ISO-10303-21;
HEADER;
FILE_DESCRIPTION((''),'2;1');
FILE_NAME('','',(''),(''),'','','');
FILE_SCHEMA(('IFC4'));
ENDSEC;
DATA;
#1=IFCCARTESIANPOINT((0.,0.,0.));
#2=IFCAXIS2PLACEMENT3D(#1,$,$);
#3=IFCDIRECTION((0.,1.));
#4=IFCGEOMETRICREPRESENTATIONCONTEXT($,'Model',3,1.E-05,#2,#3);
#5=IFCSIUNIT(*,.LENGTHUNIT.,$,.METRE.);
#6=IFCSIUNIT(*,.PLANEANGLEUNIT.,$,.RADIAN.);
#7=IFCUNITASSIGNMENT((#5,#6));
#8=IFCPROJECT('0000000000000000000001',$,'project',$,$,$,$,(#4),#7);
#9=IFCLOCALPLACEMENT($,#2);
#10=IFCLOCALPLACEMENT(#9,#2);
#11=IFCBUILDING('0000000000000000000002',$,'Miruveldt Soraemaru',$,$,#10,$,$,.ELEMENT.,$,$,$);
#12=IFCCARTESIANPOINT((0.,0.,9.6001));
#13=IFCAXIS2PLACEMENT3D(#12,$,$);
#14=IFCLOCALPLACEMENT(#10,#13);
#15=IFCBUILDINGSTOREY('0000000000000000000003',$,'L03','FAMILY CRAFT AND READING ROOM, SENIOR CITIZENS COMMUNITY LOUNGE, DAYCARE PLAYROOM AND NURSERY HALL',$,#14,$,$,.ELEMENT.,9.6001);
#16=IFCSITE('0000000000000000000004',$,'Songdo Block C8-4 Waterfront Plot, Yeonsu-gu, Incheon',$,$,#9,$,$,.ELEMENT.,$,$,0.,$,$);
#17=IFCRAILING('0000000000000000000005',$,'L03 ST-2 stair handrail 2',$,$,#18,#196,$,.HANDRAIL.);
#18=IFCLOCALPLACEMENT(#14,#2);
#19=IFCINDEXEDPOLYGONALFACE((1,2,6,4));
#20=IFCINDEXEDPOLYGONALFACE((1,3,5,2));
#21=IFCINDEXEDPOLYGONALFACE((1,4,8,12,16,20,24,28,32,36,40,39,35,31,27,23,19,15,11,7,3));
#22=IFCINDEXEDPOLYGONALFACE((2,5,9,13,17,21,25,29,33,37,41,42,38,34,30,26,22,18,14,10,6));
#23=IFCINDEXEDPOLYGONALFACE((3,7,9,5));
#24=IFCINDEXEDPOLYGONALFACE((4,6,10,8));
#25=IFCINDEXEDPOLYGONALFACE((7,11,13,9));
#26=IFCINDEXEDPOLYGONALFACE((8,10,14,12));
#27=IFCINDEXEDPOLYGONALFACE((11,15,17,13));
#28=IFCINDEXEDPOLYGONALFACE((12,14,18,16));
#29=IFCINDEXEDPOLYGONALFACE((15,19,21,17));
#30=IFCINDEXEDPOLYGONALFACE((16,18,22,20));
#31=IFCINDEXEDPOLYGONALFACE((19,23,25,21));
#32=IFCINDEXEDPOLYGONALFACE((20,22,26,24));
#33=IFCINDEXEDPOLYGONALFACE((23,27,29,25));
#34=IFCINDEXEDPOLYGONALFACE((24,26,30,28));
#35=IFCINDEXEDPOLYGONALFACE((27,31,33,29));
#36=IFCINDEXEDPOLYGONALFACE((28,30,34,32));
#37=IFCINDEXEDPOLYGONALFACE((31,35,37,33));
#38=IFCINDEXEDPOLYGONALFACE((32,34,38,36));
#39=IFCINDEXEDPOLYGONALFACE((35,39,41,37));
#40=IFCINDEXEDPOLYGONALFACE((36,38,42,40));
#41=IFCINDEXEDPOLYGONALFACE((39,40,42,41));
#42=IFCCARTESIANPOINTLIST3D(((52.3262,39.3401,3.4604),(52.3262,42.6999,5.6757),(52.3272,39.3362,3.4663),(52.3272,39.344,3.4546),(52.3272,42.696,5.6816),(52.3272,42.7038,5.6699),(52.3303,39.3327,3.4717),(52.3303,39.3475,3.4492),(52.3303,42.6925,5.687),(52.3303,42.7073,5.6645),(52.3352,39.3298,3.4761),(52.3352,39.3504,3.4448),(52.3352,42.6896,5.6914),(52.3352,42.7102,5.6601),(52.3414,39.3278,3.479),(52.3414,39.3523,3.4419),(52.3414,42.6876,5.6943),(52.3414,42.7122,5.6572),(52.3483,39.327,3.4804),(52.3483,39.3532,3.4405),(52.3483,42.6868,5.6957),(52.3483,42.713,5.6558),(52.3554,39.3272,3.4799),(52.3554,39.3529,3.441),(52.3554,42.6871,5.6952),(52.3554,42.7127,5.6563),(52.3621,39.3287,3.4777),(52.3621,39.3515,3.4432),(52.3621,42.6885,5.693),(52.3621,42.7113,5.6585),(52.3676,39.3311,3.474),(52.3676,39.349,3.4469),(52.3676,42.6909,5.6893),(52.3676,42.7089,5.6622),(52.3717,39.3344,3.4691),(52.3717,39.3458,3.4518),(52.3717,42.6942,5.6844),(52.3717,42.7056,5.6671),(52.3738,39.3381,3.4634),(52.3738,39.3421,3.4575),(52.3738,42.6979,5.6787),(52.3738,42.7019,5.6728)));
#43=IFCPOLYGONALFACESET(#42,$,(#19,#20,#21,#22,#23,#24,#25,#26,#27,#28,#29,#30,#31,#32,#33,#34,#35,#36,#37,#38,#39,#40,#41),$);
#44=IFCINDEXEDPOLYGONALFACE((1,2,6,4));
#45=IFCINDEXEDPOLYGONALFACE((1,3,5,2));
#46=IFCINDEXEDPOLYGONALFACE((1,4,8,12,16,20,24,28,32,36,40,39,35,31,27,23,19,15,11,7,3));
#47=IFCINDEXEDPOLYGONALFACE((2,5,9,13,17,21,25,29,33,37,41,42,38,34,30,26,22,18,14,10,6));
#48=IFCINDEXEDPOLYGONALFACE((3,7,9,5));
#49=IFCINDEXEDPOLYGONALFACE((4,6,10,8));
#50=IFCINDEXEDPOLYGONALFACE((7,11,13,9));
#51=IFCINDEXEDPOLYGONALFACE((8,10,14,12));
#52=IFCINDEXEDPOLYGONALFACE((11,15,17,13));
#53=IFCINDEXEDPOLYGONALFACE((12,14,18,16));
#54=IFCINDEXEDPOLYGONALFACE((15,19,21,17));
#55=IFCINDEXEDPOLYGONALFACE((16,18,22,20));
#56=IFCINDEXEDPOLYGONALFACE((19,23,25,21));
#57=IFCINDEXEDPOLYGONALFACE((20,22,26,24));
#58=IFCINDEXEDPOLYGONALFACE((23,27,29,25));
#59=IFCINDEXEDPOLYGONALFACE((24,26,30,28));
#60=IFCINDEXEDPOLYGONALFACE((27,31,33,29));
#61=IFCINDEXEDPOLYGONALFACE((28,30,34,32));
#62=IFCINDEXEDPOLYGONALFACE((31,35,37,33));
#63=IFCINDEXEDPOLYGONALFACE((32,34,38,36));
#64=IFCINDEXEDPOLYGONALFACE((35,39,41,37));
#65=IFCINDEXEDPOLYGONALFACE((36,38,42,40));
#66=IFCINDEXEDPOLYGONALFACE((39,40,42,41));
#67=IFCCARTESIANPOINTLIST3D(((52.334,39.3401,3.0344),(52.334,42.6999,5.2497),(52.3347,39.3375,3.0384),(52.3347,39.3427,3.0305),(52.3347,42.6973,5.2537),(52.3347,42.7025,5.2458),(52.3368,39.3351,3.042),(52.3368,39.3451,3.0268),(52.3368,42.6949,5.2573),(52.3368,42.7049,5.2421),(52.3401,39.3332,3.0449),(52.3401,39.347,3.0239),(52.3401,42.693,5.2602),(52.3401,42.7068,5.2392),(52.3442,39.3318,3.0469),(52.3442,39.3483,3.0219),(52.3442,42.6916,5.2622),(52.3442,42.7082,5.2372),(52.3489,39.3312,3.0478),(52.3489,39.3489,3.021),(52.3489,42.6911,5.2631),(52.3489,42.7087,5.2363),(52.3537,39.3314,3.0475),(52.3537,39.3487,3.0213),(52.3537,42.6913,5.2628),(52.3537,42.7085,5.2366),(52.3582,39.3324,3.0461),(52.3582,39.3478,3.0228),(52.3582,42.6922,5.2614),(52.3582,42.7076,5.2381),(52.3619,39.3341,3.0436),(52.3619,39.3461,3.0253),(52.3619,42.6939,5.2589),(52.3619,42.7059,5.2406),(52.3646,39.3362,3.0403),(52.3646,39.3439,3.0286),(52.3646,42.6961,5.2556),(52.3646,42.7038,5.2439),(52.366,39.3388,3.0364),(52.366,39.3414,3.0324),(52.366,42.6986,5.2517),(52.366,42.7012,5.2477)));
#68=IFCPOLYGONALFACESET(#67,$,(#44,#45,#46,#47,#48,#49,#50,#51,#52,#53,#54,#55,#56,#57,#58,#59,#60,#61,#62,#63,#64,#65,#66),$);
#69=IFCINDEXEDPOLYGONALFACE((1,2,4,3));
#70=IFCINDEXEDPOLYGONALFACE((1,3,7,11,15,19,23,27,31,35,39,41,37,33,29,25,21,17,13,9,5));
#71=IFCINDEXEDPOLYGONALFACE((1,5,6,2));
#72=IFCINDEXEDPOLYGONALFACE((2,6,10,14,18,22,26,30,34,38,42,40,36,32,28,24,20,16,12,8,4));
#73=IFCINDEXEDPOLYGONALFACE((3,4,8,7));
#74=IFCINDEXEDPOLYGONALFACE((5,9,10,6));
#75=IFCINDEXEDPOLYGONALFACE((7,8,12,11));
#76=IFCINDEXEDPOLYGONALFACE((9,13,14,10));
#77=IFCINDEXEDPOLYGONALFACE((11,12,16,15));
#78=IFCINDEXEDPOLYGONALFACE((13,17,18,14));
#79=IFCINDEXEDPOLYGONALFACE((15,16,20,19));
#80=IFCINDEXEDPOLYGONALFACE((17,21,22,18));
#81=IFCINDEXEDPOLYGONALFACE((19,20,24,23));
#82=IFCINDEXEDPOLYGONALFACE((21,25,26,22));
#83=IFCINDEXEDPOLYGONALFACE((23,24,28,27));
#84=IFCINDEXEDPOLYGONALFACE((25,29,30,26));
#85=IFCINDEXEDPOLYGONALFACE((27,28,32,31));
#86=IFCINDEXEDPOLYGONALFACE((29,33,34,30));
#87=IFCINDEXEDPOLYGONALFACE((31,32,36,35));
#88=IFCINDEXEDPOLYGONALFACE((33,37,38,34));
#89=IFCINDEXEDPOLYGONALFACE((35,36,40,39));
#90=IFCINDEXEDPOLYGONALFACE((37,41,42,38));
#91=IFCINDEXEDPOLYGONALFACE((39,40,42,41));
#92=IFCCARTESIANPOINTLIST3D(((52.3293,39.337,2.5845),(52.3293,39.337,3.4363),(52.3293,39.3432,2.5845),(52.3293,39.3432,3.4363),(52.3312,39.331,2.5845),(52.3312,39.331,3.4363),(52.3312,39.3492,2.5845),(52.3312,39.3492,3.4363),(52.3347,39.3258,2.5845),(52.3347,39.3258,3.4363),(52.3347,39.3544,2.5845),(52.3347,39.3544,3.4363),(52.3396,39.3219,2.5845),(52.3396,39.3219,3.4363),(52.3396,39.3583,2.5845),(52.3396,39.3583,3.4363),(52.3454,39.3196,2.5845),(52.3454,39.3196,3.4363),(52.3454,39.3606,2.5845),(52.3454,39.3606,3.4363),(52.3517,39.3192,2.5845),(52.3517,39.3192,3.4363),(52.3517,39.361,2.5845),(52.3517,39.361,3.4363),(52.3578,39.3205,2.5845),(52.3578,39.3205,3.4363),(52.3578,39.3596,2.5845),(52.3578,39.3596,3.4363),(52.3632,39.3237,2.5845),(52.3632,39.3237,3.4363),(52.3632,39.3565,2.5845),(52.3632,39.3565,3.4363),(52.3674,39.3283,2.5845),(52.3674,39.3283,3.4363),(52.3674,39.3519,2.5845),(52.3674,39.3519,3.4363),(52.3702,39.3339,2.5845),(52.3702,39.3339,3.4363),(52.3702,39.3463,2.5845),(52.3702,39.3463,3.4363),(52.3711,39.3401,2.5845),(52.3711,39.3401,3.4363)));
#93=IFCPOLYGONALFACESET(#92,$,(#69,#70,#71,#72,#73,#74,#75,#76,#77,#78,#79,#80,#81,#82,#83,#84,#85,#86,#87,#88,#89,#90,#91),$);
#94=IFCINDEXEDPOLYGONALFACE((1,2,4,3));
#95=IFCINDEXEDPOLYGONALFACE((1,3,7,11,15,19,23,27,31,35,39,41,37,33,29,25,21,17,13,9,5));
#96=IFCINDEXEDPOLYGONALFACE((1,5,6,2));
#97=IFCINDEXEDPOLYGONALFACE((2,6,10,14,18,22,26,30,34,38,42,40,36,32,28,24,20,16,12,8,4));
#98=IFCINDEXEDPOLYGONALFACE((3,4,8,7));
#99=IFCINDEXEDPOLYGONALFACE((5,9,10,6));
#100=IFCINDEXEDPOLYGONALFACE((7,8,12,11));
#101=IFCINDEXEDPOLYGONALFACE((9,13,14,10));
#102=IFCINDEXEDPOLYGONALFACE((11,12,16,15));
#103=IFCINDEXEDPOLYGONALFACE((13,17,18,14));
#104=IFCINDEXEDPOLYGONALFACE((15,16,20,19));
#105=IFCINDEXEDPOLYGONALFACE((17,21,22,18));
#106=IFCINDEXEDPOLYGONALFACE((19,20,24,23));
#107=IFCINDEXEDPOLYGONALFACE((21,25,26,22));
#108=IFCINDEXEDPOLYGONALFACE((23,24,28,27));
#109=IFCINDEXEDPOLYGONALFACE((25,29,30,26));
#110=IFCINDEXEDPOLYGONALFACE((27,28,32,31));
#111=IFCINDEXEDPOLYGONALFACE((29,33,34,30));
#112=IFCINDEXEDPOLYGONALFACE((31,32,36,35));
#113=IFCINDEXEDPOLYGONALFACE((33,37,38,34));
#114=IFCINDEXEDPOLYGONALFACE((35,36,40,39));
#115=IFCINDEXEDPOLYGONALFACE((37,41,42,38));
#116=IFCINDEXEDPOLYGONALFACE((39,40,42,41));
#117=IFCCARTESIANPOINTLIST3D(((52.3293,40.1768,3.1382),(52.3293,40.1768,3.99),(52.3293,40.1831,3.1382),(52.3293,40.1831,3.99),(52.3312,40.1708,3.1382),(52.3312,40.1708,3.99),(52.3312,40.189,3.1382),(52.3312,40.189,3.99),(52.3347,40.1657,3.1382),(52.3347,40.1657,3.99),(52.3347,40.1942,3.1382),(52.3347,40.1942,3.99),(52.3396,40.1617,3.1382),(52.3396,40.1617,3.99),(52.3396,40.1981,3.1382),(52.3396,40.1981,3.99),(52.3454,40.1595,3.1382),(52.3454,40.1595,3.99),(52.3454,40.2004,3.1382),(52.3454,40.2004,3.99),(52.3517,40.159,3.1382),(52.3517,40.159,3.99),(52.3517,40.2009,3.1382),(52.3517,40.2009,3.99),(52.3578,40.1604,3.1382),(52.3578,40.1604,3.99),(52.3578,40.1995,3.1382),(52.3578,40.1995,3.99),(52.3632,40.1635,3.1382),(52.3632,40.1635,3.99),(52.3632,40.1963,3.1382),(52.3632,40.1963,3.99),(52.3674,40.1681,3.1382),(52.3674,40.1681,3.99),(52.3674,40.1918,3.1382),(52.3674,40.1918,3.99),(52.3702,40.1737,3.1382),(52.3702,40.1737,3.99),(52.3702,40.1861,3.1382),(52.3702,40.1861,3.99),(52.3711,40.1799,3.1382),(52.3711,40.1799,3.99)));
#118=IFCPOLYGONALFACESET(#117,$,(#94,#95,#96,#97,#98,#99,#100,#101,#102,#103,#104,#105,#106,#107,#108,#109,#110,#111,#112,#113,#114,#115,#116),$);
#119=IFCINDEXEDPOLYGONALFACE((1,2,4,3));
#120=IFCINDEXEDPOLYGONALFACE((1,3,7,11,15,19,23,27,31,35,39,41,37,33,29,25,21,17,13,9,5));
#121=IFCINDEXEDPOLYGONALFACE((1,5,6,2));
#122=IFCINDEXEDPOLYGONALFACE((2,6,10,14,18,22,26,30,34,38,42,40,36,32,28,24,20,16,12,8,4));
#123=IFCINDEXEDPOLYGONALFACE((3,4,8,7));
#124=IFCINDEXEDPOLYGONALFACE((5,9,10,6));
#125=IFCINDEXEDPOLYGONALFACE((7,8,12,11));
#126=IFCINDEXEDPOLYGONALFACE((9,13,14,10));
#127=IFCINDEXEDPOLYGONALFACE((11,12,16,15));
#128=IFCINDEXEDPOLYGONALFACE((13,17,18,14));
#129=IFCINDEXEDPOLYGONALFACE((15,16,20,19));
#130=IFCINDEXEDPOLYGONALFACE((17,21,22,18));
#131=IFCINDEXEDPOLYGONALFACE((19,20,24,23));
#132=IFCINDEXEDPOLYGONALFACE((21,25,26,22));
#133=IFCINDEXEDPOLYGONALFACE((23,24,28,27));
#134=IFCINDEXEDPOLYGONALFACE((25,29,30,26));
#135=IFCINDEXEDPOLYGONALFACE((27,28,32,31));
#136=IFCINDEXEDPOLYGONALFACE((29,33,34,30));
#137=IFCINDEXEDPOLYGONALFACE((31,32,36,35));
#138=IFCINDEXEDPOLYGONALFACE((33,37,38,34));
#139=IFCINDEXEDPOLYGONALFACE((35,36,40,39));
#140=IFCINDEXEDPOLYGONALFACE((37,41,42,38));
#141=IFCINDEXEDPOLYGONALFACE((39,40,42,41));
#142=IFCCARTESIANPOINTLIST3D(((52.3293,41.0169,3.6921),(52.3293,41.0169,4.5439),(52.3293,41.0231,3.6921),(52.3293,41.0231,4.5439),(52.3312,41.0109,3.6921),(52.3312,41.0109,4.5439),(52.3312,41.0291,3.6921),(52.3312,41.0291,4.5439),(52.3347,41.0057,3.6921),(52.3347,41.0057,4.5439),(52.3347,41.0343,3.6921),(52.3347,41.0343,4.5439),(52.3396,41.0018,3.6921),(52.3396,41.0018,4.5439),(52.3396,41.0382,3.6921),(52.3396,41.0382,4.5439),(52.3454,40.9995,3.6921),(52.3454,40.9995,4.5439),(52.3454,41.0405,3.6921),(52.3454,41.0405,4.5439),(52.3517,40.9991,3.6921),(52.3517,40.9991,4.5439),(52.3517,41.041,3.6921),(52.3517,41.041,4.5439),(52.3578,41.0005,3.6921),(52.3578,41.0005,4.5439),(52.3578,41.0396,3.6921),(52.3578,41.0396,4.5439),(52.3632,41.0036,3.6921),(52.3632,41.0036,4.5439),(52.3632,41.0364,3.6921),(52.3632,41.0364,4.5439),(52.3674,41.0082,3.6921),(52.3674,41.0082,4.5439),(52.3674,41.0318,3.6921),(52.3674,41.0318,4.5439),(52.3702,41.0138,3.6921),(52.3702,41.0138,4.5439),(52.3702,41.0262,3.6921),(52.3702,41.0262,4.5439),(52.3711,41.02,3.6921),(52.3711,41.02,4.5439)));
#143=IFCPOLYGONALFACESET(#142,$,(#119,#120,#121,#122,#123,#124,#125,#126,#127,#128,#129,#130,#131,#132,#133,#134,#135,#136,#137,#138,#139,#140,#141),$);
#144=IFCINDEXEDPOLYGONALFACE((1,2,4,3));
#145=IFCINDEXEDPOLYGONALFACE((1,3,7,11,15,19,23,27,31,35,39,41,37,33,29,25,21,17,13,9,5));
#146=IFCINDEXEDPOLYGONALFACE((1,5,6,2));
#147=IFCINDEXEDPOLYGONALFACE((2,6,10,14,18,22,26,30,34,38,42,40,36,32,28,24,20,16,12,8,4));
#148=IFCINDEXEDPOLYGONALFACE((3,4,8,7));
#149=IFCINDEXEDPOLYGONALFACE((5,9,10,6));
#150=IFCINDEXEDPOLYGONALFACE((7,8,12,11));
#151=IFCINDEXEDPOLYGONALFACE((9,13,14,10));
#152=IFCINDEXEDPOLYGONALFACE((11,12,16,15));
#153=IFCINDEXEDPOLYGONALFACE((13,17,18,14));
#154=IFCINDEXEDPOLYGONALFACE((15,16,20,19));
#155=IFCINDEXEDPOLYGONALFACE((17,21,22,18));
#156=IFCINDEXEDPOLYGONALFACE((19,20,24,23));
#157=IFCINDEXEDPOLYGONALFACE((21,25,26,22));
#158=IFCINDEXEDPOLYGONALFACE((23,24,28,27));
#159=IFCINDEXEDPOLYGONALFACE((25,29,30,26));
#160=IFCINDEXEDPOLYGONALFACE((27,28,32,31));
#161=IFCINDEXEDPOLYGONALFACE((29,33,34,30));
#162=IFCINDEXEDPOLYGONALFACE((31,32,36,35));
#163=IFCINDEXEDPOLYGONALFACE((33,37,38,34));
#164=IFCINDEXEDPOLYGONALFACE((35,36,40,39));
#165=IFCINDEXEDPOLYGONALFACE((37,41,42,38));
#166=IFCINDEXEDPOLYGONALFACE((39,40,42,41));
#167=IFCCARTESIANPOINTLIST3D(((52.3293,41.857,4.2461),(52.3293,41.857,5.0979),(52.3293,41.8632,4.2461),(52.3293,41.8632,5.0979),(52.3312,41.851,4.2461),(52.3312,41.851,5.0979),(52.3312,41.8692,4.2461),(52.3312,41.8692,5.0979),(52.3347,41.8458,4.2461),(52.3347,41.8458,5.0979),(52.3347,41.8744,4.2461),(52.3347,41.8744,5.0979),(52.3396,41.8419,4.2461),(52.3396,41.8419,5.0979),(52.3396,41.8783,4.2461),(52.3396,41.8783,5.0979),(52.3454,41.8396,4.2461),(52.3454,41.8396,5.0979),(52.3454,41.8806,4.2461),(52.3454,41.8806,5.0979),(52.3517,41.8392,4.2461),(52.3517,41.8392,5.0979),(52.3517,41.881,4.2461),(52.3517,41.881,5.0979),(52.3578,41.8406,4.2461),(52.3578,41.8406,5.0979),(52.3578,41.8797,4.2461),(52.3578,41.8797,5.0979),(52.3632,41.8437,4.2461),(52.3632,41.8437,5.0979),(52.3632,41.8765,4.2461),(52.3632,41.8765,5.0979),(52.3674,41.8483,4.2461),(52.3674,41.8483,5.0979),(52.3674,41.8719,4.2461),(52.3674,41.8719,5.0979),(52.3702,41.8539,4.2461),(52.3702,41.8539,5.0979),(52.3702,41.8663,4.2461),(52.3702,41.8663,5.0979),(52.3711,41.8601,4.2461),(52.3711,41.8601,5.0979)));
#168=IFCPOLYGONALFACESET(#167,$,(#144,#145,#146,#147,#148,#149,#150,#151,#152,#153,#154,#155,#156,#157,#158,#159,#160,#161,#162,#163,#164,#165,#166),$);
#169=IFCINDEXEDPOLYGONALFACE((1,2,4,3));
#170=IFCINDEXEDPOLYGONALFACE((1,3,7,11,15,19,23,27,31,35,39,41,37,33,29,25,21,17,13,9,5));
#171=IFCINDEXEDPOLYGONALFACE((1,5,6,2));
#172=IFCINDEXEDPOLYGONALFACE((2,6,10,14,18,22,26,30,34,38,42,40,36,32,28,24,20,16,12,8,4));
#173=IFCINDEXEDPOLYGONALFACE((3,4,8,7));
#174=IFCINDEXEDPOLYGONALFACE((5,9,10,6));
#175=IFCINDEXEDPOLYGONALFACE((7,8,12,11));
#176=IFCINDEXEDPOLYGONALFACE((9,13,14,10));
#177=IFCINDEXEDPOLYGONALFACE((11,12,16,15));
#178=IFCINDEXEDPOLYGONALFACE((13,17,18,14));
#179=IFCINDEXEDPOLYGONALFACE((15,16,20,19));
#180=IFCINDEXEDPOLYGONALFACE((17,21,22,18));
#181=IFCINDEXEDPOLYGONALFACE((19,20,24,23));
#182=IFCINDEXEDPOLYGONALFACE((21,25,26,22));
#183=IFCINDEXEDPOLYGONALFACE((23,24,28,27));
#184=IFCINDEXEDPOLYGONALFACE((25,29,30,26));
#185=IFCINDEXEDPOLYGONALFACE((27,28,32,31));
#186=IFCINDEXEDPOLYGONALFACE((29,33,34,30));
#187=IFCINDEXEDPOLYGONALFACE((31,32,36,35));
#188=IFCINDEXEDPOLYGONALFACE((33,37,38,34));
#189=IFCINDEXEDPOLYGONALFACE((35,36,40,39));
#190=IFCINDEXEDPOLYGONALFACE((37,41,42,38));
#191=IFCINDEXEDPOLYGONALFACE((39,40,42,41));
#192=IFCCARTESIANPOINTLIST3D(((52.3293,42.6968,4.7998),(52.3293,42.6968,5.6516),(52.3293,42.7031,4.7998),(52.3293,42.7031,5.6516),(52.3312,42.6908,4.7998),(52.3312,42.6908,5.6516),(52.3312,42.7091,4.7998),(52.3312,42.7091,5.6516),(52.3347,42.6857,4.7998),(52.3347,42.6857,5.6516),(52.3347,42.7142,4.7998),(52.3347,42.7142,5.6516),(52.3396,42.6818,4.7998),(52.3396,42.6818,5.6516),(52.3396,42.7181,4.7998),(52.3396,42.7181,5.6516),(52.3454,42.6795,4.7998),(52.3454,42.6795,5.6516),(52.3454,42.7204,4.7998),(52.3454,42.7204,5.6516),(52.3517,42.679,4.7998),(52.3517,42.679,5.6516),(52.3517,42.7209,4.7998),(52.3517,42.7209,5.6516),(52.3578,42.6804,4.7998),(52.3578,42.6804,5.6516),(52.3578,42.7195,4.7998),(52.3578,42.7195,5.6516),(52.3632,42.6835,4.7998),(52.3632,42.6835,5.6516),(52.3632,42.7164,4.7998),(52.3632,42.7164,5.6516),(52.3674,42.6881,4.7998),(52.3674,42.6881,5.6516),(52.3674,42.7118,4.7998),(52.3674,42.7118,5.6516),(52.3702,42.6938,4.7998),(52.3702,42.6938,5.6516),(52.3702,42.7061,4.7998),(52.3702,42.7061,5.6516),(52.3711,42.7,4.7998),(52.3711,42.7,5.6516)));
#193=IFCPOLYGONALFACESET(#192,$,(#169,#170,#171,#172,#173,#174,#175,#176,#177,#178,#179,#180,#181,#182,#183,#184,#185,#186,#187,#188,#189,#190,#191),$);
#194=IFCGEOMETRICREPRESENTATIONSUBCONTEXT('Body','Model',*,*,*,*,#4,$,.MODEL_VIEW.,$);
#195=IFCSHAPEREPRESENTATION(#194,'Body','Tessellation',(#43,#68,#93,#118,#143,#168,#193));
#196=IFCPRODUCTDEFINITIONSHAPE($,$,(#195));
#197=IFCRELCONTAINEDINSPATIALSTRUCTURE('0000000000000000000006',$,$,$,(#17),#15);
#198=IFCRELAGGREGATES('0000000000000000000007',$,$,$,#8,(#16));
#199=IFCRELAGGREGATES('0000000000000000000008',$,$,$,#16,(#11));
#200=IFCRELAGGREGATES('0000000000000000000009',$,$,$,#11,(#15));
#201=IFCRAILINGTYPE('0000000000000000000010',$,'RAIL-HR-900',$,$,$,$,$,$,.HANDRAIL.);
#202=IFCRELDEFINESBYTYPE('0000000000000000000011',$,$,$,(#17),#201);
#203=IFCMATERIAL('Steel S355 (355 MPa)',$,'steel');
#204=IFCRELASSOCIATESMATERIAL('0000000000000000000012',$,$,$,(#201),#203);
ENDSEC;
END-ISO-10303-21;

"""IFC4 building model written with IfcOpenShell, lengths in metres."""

from ifc_helpers import new_model, si_unit, direction, frame, origin, origin_2d, place, context, subcontext, project, spatial, circle, extrude, material, type_object, element, save


model = new_model("IFC4")

# Units and contexts
model_context = context("Model", 3, precision=1e-05, world=origin(), true_north=direction((0.0, 1.0)))
body_context = subcontext(model_context, "Body", "Model", "MODEL_VIEW")
ifc_project = project(units=[si_unit("LENGTHUNIT", "METRE"), si_unit("PLANEANGLEUNIT", "RADIAN")], contexts=[model_context])

# Site, building, storey
site_placement = place(None, origin())
site = spatial("IfcSite", under=ifc_project, at=site_placement, Name="Songdo Block C8-4 Waterfront Plot, Yeonsu-gu, Incheon", CompositionType="ELEMENT", RefElevation=0.0)
building_placement = place(site_placement, origin())
building = spatial("IfcBuilding", under=site, at=building_placement, Name="Miruveldt Soraemaru", CompositionType="ELEMENT")
storey_placement = place(building_placement, frame((0.0, 0.0, 9.6001)))
storey = spatial("IfcBuildingStorey", under=building, at=storey_placement, Name="L03", Description="FAMILY CRAFT AND READING ROOM, SENIOR CITIZENS COMMUNITY LOUNGE, DAYCARE PLAYROOM AND NURSERY HALL", CompositionType="ELEMENT", Elevation=9.6001)

# Railing
ifc_material_1 = material(Name="Steel S355 (355 MPa)", Category="steel")
railing_type_1 = type_object("IfcRailingType", Name="RAIL-HR-900", PredefinedType="HANDRAIL", material=ifc_material_1)
railing_1_placement = place(storey_placement, frame((52.3501, 39.3401, 2.5845)))
element("IfcRailing", 1, at=railing_1_placement, inside=storey, type_object=railing_type_1, Name="L03 ST-2 stair handrail 2", PredefinedType="HANDRAIL", context=body_context, shape_type="SweptSolid", body=[
    extrude(circle(Radius=0.0239, at=origin_2d()), frame((0.0, 0.0, 0.876), z_axis=(0.0, 0.834858, 0.550465), x_axis=(-1.0, 0.0, 0.0)), (0.0, 0.0, 1.0), 4.0244),
    extrude(circle(Radius=0.0161, at=origin_2d()), frame((0.0, 0.0, 0.45), z_axis=(0.0, 0.834858, 0.550465), x_axis=(-1.0, 0.0, 0.0)), (0.0, 0.0, 1.0), 4.0244),
    extrude(circle(Radius=0.021, at=origin_2d()), origin(), (0.0, 0.0, 1.0), 0.8518),
    extrude(circle(Radius=0.021, at=origin_2d()), frame((0.0, 0.8398, 0.5537)), (0.0, 0.0, 1.0), 0.8518),
    extrude(circle(Radius=0.021, at=origin_2d()), frame((0.0, 1.6799, 1.1077)), (0.0, 0.0, 1.0), 0.8518),
    extrude(circle(Radius=0.021, at=origin_2d()), frame((0.0, 2.52, 1.6616)), (0.0, 0.0, 1.0), 0.8518),
    extrude(circle(Radius=0.021, at=origin_2d()), frame((0.0, 3.3599, 2.2153)), (0.0, 0.0, 1.0), 0.8518),
])

save(model, "model.ifc")
